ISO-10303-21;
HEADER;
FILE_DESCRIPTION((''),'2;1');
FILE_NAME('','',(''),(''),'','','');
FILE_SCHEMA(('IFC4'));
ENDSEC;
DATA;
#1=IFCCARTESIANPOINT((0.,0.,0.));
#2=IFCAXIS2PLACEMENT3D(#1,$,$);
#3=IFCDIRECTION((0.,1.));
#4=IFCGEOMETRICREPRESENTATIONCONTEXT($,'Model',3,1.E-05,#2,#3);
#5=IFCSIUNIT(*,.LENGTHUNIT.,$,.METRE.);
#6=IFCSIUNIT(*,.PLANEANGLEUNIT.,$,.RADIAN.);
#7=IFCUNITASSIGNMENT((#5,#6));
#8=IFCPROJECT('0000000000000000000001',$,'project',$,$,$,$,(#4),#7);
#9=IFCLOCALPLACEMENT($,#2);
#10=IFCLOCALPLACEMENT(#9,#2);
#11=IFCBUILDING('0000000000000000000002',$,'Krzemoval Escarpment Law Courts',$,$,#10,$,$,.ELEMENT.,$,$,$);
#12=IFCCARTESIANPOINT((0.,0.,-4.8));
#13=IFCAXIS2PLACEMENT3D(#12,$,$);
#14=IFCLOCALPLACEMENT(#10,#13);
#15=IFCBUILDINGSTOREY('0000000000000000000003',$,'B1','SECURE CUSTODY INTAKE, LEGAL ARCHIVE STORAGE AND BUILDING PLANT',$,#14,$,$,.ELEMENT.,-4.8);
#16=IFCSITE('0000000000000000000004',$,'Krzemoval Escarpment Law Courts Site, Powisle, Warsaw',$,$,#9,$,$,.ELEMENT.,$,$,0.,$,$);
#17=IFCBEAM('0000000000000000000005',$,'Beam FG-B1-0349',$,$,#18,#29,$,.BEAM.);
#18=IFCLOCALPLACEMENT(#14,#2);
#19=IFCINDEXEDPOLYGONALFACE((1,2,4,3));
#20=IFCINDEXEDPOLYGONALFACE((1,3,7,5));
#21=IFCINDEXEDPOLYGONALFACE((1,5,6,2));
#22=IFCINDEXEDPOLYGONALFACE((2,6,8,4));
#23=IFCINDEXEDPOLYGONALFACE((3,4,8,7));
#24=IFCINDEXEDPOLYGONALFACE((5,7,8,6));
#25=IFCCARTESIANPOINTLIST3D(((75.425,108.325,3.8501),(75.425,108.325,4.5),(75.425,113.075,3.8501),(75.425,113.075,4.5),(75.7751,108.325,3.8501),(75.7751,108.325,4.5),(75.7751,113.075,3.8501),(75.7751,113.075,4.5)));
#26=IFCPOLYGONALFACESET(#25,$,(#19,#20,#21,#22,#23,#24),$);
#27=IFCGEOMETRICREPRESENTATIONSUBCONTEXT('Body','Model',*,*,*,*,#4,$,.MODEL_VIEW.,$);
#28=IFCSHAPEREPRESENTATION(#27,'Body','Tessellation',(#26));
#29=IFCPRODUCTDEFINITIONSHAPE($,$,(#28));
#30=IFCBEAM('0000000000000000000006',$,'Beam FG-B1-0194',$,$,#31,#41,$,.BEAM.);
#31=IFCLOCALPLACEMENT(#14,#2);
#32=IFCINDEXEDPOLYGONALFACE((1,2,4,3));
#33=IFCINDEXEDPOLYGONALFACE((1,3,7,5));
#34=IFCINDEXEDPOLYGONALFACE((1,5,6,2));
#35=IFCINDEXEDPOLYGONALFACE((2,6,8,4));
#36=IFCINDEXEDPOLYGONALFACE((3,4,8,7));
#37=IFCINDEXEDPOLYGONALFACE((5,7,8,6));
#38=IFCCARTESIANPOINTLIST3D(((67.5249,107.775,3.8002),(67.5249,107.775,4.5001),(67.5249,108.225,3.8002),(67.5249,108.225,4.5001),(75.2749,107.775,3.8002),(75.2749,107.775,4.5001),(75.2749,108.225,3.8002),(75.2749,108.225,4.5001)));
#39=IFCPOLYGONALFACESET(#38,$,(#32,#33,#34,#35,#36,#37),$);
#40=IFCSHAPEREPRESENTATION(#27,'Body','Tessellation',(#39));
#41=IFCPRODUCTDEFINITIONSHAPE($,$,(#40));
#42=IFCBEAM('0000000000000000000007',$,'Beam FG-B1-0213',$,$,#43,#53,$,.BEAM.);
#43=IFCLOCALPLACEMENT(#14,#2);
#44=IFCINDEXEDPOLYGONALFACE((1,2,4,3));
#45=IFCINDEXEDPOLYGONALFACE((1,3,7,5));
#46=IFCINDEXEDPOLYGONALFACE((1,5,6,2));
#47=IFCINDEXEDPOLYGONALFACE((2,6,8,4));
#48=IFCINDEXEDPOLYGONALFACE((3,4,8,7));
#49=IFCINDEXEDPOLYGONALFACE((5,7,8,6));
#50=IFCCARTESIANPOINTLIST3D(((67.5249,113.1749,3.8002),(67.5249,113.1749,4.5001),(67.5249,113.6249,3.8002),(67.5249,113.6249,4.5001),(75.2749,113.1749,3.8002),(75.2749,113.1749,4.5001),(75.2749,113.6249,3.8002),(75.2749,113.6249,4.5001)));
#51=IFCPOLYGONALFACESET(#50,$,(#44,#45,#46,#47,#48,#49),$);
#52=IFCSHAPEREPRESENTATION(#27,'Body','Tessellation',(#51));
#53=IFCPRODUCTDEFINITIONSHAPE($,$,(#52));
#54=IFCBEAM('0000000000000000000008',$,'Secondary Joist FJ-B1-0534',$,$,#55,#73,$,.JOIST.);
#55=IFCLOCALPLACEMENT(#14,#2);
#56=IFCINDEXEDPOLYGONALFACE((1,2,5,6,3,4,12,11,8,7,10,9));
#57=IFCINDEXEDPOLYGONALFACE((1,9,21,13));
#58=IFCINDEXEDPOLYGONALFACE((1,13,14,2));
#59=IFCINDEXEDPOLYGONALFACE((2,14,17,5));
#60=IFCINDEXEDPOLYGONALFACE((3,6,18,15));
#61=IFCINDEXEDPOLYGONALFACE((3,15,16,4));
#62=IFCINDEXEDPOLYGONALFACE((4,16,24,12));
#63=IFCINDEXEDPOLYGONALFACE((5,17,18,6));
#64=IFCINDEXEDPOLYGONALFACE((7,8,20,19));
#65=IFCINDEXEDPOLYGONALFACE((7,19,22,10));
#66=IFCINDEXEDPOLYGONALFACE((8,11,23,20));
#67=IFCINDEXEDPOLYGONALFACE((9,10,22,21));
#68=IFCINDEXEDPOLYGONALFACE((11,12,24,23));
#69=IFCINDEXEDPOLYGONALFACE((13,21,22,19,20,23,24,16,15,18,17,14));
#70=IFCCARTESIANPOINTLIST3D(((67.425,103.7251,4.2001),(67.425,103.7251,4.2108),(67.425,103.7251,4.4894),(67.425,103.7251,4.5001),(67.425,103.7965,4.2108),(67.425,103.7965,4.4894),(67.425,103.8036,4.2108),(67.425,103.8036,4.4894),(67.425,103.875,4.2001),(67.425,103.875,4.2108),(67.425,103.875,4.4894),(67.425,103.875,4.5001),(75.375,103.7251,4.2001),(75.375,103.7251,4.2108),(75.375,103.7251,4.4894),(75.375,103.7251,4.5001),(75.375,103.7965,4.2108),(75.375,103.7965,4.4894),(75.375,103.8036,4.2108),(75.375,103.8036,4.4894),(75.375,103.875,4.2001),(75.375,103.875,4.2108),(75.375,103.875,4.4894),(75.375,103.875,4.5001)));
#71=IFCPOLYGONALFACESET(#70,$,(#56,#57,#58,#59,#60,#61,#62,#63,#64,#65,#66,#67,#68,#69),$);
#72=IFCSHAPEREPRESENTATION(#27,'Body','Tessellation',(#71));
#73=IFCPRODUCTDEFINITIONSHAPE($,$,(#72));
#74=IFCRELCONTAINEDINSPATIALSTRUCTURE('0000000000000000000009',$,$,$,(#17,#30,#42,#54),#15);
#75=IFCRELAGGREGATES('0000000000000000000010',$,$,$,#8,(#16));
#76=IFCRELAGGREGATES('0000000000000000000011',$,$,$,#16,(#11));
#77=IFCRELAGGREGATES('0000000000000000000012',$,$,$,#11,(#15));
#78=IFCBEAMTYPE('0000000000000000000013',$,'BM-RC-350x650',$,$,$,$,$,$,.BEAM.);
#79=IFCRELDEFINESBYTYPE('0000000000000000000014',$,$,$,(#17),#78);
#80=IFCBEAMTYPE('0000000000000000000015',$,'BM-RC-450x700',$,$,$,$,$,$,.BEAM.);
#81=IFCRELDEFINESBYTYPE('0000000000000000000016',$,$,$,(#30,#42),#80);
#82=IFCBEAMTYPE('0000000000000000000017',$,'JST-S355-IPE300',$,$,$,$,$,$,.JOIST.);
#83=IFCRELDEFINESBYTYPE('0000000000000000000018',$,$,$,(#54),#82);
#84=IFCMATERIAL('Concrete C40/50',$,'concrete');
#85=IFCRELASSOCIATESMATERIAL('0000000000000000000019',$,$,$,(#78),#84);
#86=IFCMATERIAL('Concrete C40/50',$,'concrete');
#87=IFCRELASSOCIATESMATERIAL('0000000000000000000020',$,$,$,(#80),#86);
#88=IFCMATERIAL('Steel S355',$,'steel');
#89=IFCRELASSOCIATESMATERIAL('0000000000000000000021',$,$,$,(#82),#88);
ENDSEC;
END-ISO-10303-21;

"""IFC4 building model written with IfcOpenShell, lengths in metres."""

from ifc_helpers import new_model, si_unit, direction, frame, origin, origin_2d, place, context, subcontext, project, spatial, rectangle, i_section, extrude, material, material_profile, profile_set, type_object, element, save


model = new_model("IFC4")

# Units and contexts
model_context = context("Model", 3, precision=1e-05, world=origin(), true_north=direction((0.0, 1.0)))
body_context = subcontext(model_context, "Body", "Model", "MODEL_VIEW")
ifc_project = project(units=[si_unit("LENGTHUNIT", "METRE"), si_unit("PLANEANGLEUNIT", "RADIAN")], contexts=[model_context])

# Site, building, storey
site_placement = place(None, origin())
site = spatial("IfcSite", under=ifc_project, at=site_placement, Name="Krzemoval Escarpment Law Courts Site, Powisle, Warsaw", CompositionType="ELEMENT", RefElevation=0.0)
building_placement = place(site_placement, origin())
building = spatial("IfcBuilding", under=site, at=building_placement, Name="Krzemoval Escarpment Law Courts", CompositionType="ELEMENT")
storey_placement = place(building_placement, frame((0.0, 0.0, -4.8)))
storey = spatial("IfcBuildingStorey", under=building, at=storey_placement, Name="B1", Description="SECURE CUSTODY INTAKE, LEGAL ARCHIVE STORAGE AND BUILDING PLANT", CompositionType="ELEMENT", Elevation=-4.8)

# Beams
ifc_material_1 = material(Name="Concrete C40/50", Category="concrete")
ifc_material_profile_1 = material_profile(ifc_material_1, rectangle(XDim=0.3501, YDim=0.6499, at=origin_2d()), Name="RCB 350x650")
ifc_profile_set_1 = profile_set([ifc_material_profile_1], Name="Concrete C40/50")
beam_type_1 = type_object("IfcBeamType", Name="BM-RC-350x650", PredefinedType="BEAM", material=ifc_profile_set_1)
beam_1_placement = place(storey_placement, frame((75.6001, 108.325, 4.175), z_axis=(0.0, 1.0, 0.0), x_axis=(-1.0, 0.0, 0.0)))
element("IfcBeam", 1, at=beam_1_placement, inside=storey, type_object=beam_type_1, Name="Beam FG-B1-0349", PredefinedType="BEAM", context=body_context, shape_type="SweptSolid", body=[
    extrude(rectangle(XDim=0.3501, YDim=0.6499, at=origin_2d()), origin(), (0.0, 0.0, 1.0), 4.75),
])
ifc_material_2 = material(Name="Concrete C40/50", Category="concrete")
ifc_material_profile_2 = material_profile(ifc_material_2, rectangle(XDim=0.45, YDim=0.7, at=origin_2d()), Name="RCB 450x700")
ifc_profile_set_2 = profile_set([ifc_material_profile_2], Name="Concrete C40/50")
beam_type_2 = type_object("IfcBeamType", Name="BM-RC-450x700", PredefinedType="BEAM", material=ifc_profile_set_2)
for number, where, z_axis, x_axis, name in (
    (2, (67.5249, 108.0, 4.1501), (1.0, 0.0, 0.0), (0.0, 1.0, 0.0), "Beam FG-B1-0194"),
    (3, (67.5249, 113.3999, 4.1501), (1.0, 0.0, 0.0), (0.0, 1.0, 0.0), "Beam FG-B1-0213"),
):
    element("IfcBeam", number, at=place(storey_placement, frame(where, z_axis=z_axis, x_axis=x_axis)), inside=storey, type_object=beam_type_2, Name=name, PredefinedType="BEAM", context=body_context, shape_type="SweptSolid", body=[
        extrude(rectangle(XDim=0.45, YDim=0.7, at=origin_2d()), origin(), (0.0, 0.0, 1.0), 7.75),
    ])
ifc_material_3 = material(Name="Steel S355", Category="steel")
ifc_material_profile_3 = material_profile(ifc_material_3, i_section(OverallWidth=0.1499, OverallDepth=0.3, WebThickness=0.0071, FlangeThickness=0.0107, at=origin_2d()), Name="IPE 300")
ifc_profile_set_3 = profile_set([ifc_material_profile_3], Name="Steel S355")
beam_type_3 = type_object("IfcBeamType", Name="JST-S355-IPE300", PredefinedType="JOIST", material=ifc_profile_set_3)
beam_2_placement = place(storey_placement, frame((67.425, 103.8, 4.3501), z_axis=(1.0, 0.0, 0.0), x_axis=(0.0, 1.0, 0.0)))
element("IfcBeam", 4, at=beam_2_placement, inside=storey, type_object=beam_type_3, Name="Secondary Joist FJ-B1-0534", PredefinedType="JOIST", context=body_context, shape_type="SweptSolid", body=[
    extrude(i_section(OverallWidth=0.1499, OverallDepth=0.3, WebThickness=0.0071, FlangeThickness=0.0107, at=origin_2d()), origin(), (0.0, 0.0, 1.0), 7.95),
])

save(model, "model.ifc")
